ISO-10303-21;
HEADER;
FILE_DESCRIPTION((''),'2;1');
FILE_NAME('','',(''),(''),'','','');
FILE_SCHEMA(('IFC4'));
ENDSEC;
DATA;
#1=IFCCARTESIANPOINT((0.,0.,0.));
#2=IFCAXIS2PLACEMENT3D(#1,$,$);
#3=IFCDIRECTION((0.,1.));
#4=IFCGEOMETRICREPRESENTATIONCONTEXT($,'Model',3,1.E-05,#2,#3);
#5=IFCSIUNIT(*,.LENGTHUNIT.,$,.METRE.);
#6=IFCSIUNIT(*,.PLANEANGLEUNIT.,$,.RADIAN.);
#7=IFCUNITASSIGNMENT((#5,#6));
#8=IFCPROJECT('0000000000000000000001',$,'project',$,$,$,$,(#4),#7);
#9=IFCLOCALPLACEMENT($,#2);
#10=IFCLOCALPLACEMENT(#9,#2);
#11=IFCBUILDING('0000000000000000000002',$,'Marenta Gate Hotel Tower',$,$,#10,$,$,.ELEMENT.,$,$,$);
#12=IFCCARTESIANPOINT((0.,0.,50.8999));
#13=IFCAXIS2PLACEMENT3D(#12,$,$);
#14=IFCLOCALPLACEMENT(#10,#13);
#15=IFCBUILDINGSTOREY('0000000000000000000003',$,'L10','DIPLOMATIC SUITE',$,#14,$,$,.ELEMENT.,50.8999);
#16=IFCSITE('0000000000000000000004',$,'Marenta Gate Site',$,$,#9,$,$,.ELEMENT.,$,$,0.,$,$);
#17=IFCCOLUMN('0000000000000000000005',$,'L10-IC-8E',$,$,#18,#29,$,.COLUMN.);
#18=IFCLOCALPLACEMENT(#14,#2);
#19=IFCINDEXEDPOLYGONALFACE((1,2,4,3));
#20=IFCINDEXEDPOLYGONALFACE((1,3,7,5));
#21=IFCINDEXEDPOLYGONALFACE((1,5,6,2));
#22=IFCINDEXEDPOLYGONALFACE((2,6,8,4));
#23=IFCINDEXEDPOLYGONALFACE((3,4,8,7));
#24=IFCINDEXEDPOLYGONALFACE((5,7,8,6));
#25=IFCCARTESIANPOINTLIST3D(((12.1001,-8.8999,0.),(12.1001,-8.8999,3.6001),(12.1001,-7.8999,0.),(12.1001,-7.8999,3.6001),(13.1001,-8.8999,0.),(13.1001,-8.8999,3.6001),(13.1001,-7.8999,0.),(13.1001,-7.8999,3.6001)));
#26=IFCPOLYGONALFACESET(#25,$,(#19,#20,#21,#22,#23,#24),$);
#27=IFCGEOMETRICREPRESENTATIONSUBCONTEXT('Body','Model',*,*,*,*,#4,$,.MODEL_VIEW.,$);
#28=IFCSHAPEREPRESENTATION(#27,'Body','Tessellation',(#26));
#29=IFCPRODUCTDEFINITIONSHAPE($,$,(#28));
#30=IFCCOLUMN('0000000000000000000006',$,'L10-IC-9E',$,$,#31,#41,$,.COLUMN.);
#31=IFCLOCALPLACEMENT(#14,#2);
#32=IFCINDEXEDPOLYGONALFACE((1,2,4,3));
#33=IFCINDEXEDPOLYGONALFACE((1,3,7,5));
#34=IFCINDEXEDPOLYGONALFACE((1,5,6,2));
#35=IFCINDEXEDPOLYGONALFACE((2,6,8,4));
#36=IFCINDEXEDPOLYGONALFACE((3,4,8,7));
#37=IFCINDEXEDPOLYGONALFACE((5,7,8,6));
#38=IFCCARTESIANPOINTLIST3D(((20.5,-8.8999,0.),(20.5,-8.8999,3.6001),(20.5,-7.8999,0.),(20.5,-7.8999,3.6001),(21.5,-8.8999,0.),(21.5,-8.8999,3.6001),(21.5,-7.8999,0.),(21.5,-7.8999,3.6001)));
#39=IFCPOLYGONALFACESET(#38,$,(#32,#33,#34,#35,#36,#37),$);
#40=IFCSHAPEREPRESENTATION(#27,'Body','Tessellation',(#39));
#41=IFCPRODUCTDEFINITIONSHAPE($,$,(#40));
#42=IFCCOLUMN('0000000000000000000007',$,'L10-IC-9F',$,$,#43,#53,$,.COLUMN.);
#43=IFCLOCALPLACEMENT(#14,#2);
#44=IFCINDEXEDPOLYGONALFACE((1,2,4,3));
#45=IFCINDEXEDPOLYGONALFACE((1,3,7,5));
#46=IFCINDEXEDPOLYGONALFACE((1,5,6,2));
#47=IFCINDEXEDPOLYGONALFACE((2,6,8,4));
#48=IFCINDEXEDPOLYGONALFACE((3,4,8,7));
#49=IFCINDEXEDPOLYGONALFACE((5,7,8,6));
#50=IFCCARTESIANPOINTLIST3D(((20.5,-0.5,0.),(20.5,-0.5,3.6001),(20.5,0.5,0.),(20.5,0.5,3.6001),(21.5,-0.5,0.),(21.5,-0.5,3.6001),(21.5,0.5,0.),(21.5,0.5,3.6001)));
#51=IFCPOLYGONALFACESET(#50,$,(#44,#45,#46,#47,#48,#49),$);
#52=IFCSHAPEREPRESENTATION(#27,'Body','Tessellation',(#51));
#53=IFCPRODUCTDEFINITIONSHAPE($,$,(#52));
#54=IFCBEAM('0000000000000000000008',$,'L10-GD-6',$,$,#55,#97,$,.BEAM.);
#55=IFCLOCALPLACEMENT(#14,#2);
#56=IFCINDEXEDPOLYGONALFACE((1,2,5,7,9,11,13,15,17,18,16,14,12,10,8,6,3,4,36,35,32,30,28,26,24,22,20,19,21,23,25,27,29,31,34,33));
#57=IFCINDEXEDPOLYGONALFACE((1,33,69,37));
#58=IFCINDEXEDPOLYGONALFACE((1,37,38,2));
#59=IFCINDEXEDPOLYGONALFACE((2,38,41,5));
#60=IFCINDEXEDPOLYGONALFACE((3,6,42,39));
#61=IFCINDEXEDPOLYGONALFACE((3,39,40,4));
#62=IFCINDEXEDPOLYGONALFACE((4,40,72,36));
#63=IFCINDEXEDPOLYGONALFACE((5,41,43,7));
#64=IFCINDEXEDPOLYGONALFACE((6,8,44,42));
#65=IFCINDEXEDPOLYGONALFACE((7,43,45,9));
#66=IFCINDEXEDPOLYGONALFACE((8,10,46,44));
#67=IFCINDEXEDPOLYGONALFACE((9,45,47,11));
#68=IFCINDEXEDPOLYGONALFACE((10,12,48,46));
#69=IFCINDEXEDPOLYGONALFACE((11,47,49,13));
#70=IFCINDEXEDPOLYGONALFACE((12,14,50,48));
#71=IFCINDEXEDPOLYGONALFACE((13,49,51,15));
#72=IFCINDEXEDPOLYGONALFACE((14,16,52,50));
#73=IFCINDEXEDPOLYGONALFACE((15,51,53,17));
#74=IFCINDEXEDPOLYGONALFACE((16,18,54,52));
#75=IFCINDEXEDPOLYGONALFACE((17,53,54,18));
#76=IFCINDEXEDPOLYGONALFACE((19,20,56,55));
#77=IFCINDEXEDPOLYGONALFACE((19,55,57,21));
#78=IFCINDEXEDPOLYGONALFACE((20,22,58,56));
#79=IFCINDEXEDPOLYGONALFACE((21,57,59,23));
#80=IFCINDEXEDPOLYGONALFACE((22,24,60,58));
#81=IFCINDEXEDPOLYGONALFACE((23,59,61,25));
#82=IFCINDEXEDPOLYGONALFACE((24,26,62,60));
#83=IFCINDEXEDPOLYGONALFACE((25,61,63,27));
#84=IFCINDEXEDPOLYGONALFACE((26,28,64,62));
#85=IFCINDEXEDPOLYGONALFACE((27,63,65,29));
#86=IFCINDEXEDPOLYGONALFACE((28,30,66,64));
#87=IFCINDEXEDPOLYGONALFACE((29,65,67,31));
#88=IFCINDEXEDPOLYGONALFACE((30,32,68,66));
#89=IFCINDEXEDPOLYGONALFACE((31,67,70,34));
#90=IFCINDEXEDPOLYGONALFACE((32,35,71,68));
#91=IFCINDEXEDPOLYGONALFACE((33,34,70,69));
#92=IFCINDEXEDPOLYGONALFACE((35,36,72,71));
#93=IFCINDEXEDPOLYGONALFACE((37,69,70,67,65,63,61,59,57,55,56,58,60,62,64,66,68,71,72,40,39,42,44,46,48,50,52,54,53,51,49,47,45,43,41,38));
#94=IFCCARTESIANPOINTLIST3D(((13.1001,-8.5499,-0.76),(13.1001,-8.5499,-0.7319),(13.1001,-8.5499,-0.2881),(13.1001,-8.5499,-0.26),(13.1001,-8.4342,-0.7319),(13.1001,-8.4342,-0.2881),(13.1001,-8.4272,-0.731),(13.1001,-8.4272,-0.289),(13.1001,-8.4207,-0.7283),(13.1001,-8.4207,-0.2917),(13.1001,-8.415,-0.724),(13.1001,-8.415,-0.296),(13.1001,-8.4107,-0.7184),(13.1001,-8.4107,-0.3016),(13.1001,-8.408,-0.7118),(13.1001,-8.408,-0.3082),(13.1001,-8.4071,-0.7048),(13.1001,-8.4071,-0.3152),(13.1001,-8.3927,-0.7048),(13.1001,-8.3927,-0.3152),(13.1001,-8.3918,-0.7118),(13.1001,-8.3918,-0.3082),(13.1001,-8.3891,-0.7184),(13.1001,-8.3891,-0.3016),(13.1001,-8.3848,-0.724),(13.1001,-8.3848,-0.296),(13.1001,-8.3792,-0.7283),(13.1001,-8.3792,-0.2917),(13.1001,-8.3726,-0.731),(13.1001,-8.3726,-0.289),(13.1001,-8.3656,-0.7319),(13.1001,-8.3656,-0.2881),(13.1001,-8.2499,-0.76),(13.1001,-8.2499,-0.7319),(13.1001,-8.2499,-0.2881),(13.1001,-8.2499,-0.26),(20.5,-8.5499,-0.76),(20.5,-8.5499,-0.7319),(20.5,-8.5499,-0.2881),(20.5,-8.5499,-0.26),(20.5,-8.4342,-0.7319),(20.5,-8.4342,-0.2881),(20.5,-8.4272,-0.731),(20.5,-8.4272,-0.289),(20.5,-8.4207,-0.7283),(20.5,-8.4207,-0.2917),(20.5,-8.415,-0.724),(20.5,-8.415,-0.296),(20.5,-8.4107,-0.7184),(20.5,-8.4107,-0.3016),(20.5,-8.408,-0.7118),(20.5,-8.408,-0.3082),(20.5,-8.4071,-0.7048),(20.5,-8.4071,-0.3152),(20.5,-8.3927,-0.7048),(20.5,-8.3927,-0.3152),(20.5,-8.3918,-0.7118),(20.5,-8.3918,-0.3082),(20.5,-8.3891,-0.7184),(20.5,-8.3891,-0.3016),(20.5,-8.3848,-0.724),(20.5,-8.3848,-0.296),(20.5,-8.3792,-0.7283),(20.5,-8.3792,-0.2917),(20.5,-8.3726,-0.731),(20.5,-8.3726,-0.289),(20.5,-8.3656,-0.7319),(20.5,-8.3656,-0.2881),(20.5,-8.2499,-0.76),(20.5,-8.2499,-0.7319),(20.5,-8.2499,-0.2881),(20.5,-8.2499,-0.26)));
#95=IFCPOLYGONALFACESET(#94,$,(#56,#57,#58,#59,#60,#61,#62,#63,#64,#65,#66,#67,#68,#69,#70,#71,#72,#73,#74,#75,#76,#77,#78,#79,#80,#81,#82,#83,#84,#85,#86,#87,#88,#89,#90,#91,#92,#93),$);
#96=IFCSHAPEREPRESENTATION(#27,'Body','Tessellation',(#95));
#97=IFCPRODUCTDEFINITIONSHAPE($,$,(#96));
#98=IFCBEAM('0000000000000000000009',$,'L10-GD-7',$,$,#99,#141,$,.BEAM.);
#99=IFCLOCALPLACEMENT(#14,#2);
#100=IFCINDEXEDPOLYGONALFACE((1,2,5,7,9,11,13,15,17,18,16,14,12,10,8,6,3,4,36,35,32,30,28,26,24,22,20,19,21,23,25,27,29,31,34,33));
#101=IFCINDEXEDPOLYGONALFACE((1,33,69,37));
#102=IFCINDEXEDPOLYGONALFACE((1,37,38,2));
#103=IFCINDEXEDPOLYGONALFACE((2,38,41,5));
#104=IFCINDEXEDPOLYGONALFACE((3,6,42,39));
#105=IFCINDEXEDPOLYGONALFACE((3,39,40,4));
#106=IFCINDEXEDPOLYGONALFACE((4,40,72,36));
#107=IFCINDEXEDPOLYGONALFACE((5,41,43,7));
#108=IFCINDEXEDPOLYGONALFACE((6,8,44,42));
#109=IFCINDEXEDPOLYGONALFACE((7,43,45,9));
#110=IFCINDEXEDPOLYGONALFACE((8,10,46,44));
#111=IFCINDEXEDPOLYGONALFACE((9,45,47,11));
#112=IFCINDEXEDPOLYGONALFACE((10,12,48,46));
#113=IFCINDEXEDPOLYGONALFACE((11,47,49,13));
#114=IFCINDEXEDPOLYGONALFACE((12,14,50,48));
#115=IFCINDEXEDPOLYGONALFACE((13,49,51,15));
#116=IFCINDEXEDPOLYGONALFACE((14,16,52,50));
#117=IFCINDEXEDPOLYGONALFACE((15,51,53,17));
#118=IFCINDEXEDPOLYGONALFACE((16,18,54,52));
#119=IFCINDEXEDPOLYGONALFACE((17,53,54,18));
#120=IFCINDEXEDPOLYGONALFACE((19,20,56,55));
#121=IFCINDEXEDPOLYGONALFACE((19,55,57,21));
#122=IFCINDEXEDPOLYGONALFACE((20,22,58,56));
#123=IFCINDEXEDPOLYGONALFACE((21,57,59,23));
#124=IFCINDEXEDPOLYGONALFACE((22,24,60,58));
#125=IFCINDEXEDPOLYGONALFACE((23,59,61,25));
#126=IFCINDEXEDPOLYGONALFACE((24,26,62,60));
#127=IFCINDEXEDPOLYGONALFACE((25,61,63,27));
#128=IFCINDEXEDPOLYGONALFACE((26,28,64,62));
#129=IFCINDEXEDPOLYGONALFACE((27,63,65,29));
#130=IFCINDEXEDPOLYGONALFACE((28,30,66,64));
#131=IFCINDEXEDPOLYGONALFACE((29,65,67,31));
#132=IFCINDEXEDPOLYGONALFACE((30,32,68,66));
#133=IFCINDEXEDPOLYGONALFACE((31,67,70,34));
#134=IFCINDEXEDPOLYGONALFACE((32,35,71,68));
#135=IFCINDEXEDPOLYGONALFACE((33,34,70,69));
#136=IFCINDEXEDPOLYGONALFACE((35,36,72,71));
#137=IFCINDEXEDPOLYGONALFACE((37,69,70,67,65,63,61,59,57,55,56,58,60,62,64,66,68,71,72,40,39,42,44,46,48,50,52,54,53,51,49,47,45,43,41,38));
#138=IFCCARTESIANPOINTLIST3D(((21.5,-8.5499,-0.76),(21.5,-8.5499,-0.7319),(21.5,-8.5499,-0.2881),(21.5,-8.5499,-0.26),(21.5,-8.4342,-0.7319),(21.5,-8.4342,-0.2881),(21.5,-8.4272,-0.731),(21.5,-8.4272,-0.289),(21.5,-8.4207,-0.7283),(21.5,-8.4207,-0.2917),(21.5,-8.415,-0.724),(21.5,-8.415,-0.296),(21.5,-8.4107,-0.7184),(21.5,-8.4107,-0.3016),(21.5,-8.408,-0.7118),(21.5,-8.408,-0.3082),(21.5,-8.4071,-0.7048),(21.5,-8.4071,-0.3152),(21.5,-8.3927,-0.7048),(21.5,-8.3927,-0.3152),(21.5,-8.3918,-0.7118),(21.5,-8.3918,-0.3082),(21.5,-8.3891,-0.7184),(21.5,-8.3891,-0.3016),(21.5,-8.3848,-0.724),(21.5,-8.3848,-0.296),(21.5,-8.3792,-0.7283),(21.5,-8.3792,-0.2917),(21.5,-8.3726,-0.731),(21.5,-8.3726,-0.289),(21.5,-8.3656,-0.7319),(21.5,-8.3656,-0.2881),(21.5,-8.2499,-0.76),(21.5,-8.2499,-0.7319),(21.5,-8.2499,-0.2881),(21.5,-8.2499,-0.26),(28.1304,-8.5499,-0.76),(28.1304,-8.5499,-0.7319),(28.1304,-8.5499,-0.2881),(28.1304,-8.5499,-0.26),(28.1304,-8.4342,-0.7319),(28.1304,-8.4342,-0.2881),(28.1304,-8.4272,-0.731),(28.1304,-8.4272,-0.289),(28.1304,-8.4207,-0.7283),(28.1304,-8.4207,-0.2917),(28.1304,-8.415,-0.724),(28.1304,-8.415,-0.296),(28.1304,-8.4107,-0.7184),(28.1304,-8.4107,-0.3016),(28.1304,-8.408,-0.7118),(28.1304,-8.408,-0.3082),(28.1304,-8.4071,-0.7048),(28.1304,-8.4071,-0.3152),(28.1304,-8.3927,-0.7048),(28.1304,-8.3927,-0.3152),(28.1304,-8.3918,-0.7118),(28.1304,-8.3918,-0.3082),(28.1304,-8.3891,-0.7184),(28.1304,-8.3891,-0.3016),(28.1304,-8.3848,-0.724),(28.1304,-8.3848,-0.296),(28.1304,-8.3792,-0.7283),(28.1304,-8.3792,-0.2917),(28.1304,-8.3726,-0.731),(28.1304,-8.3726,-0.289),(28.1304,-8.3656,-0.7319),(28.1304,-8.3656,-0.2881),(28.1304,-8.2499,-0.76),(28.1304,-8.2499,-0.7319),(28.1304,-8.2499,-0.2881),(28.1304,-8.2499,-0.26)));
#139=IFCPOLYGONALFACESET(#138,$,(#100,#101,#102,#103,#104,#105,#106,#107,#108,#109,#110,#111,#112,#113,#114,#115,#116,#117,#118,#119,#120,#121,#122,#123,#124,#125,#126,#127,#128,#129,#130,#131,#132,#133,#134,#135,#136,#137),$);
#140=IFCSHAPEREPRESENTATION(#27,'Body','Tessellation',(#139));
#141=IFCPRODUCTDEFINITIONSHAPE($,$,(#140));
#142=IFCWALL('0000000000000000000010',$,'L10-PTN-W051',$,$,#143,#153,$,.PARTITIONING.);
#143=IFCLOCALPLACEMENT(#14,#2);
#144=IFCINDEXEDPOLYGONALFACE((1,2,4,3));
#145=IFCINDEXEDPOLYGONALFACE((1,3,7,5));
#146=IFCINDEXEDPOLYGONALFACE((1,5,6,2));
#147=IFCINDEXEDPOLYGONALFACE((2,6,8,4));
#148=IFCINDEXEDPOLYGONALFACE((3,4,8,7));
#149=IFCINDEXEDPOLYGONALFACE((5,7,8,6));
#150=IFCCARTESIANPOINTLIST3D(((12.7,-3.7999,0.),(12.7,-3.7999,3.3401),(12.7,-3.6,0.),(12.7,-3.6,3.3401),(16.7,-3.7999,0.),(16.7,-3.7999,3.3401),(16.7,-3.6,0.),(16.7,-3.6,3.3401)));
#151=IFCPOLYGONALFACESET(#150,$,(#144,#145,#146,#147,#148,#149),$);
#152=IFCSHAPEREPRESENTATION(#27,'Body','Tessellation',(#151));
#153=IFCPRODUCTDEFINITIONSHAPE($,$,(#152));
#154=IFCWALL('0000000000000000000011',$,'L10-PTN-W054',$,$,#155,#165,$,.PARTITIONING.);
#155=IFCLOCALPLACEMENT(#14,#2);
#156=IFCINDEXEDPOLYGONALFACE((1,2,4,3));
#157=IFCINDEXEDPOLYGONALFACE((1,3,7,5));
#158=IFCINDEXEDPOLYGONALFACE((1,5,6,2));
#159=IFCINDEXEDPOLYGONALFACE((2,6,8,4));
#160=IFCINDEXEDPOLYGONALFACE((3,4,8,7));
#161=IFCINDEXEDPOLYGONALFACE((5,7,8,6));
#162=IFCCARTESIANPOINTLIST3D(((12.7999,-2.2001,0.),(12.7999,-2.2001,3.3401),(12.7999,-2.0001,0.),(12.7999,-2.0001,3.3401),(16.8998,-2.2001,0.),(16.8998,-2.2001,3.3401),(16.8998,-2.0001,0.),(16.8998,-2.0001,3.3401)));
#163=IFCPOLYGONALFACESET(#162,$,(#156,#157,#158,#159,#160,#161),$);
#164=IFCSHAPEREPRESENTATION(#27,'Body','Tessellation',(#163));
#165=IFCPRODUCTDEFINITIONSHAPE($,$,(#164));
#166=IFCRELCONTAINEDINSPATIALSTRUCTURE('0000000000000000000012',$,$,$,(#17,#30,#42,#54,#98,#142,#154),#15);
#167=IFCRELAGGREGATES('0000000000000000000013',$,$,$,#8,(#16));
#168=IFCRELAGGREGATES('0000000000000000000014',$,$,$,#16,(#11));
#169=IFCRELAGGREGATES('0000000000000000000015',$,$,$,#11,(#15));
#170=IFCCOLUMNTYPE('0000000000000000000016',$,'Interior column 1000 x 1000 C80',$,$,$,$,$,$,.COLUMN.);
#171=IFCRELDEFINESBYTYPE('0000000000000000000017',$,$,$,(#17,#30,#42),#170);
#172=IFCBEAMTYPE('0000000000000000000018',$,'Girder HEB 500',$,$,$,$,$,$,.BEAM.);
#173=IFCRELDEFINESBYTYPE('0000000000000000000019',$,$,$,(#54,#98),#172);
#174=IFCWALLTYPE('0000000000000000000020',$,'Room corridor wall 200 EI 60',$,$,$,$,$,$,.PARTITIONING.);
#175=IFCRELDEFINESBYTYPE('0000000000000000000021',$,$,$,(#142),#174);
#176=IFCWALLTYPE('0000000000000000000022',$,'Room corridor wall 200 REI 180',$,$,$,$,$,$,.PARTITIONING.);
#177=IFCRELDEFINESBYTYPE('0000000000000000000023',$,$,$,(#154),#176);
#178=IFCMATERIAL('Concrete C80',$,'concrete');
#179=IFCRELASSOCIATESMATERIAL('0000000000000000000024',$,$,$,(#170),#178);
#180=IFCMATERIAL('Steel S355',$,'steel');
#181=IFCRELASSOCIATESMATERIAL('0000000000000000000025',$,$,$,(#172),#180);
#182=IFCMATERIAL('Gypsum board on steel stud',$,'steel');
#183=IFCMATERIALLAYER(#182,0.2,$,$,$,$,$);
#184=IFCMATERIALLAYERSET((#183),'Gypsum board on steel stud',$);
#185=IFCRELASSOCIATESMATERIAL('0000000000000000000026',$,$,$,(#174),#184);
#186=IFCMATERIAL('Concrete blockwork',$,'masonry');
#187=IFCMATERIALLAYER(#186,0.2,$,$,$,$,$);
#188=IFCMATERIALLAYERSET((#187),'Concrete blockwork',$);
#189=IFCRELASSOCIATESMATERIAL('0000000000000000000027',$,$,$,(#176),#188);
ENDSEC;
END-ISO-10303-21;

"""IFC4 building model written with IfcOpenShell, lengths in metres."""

from ifc_helpers import new_model, si_unit, direction, frame, frame_2d, origin, origin_2d, place, context, subcontext, project, spatial, rectangle, i_section, extrude, material, layer, layer_set, material_profile, profile_set, type_object, element, save


model = new_model("IFC4")

# Units and contexts
model_context = context("Model", 3, precision=1e-05, world=origin(), true_north=direction((0.0, 1.0)))
body_context = subcontext(model_context, "Body", "Model", "MODEL_VIEW")
ifc_project = project(units=[si_unit("LENGTHUNIT", "METRE"), si_unit("PLANEANGLEUNIT", "RADIAN")], contexts=[model_context])

# Site, building, storey
site_placement = place(None, origin())
site = spatial("IfcSite", under=ifc_project, at=site_placement, Name="Marenta Gate Site", CompositionType="ELEMENT", RefElevation=0.0)
building_placement = place(site_placement, origin())
building = spatial("IfcBuilding", under=site, at=building_placement, Name="Marenta Gate Hotel Tower", CompositionType="ELEMENT")
storey_placement = place(building_placement, frame((0.0, 0.0, 50.8999)))
storey = spatial("IfcBuildingStorey", under=building, at=storey_placement, Name="L10", Description="DIPLOMATIC SUITE", CompositionType="ELEMENT", Elevation=50.8999)

# Columns
ifc_material_1 = material(Name="Concrete C80", Category="concrete")
ifc_material_profile_1 = material_profile(ifc_material_1, rectangle(XDim=1.0, YDim=1.0, at=origin_2d()), Name="1000 x 1000")
ifc_profile_set_1 = profile_set([ifc_material_profile_1], Name="Concrete C80")
column_type = type_object("IfcColumnType", Name="Interior column 1000 x 1000 C80", PredefinedType="COLUMN", material=ifc_profile_set_1)
for number, where, z_axis, x_axis, name in (
    (1, (12.6001, -8.3999, 0.0), (0.0, 0.0, 1.0), (1.0, 0.0, 0.0), "L10-IC-8E"),
    (2, (21.0, -8.3999, 0.0), (0.0, 0.0, 1.0), (1.0, 0.0, 0.0), "L10-IC-9E"),
    (3, (21.0, 0.0, 0.0), (0.0, 0.0, 1.0), (1.0, 0.0, 0.0), "L10-IC-9F"),
):
    element("IfcColumn", number, at=place(storey_placement, frame(where, z_axis=z_axis, x_axis=x_axis)), inside=storey, type_object=column_type, Name=name, PredefinedType="COLUMN", context=body_context, shape_type="SweptSolid", body=[
        extrude(rectangle(XDim=1.0, YDim=1.0, at=origin_2d()), origin(), (0.0, 0.0, 1.0), 3.6001),
    ])

# Beams
ifc_material_2 = material(Name="Steel S355", Category="steel")
ifc_material_profile_2 = material_profile(ifc_material_2, i_section(OverallWidth=0.3, OverallDepth=0.5, WebThickness=0.0144, FlangeThickness=0.0281, FilletRadius=0.0271, at=origin_2d()), Name="HEB 500")
ifc_profile_set_2 = profile_set([ifc_material_profile_2], Name="Steel S355")
beam_type = type_object("IfcBeamType", Name="Girder HEB 500", PredefinedType="BEAM", material=ifc_profile_set_2)
beam_1_placement = place(storey_placement, frame((13.1001, -8.3999, -0.51), z_axis=(1.0, 0.0, 0.0), x_axis=(0.0, 1.0, 0.0)))
element("IfcBeam", 4, at=beam_1_placement, inside=storey, type_object=beam_type, Name="L10-GD-6", PredefinedType="BEAM", context=body_context, shape_type="SweptSolid", body=[
    extrude(i_section(OverallWidth=0.3, OverallDepth=0.5, WebThickness=0.0144, FlangeThickness=0.0281, FilletRadius=0.0271, at=origin_2d()), origin(), (0.0, 0.0, 1.0), 7.3999),
])
beam_2_placement = place(storey_placement, frame((21.5, -8.3999, -0.51), z_axis=(1.0, 0.0, 0.0), x_axis=(0.0, 1.0, 0.0)))
element("IfcBeam", 5, at=beam_2_placement, inside=storey, type_object=beam_type, Name="L10-GD-7", PredefinedType="BEAM", context=body_context, shape_type="SweptSolid", body=[
    extrude(i_section(OverallWidth=0.3, OverallDepth=0.5, WebThickness=0.0144, FlangeThickness=0.0281, FilletRadius=0.0271, at=origin_2d()), origin(), (0.0, 0.0, 1.0), 6.6304),
])

# Shared definitions
ifc_material_3 = material(Name="Gypsum board on steel stud", Category="steel")
ifc_layer_1 = layer(ifc_material_3, 0.2)
ifc_layer_set_1 = layer_set([ifc_layer_1], Name="Gypsum board on steel stud")
wall_type_1 = type_object("IfcWallType", Name="Room corridor wall 200 EI 60", PredefinedType="PARTITIONING", material=ifc_layer_set_1)

# Wall
wall_1_placement = place(storey_placement, frame((12.7, -3.7, 0.0), z_axis=(0.0, 0.0, 1.0), x_axis=(1.0, 0.0, 0.0)))
element("IfcWall", 6, at=wall_1_placement, inside=storey, type_object=wall_type_1, Name="L10-PTN-W051", PredefinedType="PARTITIONING", context=body_context, shape_type="SweptSolid", body=[
    extrude(rectangle(XDim=4.0, YDim=0.2, at=frame_2d((2.0, 0.0))), origin(), (0.0, 0.0, 1.0), 3.3401),
])

# Shared definitions
ifc_material_4 = material(Name="Concrete blockwork", Category="masonry")
ifc_layer_2 = layer(ifc_material_4, 0.2)
ifc_layer_set_2 = layer_set([ifc_layer_2], Name="Concrete blockwork")
wall_type_2 = type_object("IfcWallType", Name="Room corridor wall 200 REI 180", PredefinedType="PARTITIONING", material=ifc_layer_set_2)

# Wall
wall_2_placement = place(storey_placement, frame((12.8, -2.1001, 0.0), z_axis=(0.0, 0.0, 1.0), x_axis=(1.0, 0.0, 0.0)))
element("IfcWall", 7, at=wall_2_placement, inside=storey, type_object=wall_type_2, Name="L10-PTN-W054", PredefinedType="PARTITIONING", context=body_context, shape_type="SweptSolid", body=[
    extrude(rectangle(XDim=4.0999, YDim=0.2, at=frame_2d((2.0498, 0.0))), origin(), (0.0, 0.0, 1.0), 3.3401),
])

save(model, "model.ifc")
